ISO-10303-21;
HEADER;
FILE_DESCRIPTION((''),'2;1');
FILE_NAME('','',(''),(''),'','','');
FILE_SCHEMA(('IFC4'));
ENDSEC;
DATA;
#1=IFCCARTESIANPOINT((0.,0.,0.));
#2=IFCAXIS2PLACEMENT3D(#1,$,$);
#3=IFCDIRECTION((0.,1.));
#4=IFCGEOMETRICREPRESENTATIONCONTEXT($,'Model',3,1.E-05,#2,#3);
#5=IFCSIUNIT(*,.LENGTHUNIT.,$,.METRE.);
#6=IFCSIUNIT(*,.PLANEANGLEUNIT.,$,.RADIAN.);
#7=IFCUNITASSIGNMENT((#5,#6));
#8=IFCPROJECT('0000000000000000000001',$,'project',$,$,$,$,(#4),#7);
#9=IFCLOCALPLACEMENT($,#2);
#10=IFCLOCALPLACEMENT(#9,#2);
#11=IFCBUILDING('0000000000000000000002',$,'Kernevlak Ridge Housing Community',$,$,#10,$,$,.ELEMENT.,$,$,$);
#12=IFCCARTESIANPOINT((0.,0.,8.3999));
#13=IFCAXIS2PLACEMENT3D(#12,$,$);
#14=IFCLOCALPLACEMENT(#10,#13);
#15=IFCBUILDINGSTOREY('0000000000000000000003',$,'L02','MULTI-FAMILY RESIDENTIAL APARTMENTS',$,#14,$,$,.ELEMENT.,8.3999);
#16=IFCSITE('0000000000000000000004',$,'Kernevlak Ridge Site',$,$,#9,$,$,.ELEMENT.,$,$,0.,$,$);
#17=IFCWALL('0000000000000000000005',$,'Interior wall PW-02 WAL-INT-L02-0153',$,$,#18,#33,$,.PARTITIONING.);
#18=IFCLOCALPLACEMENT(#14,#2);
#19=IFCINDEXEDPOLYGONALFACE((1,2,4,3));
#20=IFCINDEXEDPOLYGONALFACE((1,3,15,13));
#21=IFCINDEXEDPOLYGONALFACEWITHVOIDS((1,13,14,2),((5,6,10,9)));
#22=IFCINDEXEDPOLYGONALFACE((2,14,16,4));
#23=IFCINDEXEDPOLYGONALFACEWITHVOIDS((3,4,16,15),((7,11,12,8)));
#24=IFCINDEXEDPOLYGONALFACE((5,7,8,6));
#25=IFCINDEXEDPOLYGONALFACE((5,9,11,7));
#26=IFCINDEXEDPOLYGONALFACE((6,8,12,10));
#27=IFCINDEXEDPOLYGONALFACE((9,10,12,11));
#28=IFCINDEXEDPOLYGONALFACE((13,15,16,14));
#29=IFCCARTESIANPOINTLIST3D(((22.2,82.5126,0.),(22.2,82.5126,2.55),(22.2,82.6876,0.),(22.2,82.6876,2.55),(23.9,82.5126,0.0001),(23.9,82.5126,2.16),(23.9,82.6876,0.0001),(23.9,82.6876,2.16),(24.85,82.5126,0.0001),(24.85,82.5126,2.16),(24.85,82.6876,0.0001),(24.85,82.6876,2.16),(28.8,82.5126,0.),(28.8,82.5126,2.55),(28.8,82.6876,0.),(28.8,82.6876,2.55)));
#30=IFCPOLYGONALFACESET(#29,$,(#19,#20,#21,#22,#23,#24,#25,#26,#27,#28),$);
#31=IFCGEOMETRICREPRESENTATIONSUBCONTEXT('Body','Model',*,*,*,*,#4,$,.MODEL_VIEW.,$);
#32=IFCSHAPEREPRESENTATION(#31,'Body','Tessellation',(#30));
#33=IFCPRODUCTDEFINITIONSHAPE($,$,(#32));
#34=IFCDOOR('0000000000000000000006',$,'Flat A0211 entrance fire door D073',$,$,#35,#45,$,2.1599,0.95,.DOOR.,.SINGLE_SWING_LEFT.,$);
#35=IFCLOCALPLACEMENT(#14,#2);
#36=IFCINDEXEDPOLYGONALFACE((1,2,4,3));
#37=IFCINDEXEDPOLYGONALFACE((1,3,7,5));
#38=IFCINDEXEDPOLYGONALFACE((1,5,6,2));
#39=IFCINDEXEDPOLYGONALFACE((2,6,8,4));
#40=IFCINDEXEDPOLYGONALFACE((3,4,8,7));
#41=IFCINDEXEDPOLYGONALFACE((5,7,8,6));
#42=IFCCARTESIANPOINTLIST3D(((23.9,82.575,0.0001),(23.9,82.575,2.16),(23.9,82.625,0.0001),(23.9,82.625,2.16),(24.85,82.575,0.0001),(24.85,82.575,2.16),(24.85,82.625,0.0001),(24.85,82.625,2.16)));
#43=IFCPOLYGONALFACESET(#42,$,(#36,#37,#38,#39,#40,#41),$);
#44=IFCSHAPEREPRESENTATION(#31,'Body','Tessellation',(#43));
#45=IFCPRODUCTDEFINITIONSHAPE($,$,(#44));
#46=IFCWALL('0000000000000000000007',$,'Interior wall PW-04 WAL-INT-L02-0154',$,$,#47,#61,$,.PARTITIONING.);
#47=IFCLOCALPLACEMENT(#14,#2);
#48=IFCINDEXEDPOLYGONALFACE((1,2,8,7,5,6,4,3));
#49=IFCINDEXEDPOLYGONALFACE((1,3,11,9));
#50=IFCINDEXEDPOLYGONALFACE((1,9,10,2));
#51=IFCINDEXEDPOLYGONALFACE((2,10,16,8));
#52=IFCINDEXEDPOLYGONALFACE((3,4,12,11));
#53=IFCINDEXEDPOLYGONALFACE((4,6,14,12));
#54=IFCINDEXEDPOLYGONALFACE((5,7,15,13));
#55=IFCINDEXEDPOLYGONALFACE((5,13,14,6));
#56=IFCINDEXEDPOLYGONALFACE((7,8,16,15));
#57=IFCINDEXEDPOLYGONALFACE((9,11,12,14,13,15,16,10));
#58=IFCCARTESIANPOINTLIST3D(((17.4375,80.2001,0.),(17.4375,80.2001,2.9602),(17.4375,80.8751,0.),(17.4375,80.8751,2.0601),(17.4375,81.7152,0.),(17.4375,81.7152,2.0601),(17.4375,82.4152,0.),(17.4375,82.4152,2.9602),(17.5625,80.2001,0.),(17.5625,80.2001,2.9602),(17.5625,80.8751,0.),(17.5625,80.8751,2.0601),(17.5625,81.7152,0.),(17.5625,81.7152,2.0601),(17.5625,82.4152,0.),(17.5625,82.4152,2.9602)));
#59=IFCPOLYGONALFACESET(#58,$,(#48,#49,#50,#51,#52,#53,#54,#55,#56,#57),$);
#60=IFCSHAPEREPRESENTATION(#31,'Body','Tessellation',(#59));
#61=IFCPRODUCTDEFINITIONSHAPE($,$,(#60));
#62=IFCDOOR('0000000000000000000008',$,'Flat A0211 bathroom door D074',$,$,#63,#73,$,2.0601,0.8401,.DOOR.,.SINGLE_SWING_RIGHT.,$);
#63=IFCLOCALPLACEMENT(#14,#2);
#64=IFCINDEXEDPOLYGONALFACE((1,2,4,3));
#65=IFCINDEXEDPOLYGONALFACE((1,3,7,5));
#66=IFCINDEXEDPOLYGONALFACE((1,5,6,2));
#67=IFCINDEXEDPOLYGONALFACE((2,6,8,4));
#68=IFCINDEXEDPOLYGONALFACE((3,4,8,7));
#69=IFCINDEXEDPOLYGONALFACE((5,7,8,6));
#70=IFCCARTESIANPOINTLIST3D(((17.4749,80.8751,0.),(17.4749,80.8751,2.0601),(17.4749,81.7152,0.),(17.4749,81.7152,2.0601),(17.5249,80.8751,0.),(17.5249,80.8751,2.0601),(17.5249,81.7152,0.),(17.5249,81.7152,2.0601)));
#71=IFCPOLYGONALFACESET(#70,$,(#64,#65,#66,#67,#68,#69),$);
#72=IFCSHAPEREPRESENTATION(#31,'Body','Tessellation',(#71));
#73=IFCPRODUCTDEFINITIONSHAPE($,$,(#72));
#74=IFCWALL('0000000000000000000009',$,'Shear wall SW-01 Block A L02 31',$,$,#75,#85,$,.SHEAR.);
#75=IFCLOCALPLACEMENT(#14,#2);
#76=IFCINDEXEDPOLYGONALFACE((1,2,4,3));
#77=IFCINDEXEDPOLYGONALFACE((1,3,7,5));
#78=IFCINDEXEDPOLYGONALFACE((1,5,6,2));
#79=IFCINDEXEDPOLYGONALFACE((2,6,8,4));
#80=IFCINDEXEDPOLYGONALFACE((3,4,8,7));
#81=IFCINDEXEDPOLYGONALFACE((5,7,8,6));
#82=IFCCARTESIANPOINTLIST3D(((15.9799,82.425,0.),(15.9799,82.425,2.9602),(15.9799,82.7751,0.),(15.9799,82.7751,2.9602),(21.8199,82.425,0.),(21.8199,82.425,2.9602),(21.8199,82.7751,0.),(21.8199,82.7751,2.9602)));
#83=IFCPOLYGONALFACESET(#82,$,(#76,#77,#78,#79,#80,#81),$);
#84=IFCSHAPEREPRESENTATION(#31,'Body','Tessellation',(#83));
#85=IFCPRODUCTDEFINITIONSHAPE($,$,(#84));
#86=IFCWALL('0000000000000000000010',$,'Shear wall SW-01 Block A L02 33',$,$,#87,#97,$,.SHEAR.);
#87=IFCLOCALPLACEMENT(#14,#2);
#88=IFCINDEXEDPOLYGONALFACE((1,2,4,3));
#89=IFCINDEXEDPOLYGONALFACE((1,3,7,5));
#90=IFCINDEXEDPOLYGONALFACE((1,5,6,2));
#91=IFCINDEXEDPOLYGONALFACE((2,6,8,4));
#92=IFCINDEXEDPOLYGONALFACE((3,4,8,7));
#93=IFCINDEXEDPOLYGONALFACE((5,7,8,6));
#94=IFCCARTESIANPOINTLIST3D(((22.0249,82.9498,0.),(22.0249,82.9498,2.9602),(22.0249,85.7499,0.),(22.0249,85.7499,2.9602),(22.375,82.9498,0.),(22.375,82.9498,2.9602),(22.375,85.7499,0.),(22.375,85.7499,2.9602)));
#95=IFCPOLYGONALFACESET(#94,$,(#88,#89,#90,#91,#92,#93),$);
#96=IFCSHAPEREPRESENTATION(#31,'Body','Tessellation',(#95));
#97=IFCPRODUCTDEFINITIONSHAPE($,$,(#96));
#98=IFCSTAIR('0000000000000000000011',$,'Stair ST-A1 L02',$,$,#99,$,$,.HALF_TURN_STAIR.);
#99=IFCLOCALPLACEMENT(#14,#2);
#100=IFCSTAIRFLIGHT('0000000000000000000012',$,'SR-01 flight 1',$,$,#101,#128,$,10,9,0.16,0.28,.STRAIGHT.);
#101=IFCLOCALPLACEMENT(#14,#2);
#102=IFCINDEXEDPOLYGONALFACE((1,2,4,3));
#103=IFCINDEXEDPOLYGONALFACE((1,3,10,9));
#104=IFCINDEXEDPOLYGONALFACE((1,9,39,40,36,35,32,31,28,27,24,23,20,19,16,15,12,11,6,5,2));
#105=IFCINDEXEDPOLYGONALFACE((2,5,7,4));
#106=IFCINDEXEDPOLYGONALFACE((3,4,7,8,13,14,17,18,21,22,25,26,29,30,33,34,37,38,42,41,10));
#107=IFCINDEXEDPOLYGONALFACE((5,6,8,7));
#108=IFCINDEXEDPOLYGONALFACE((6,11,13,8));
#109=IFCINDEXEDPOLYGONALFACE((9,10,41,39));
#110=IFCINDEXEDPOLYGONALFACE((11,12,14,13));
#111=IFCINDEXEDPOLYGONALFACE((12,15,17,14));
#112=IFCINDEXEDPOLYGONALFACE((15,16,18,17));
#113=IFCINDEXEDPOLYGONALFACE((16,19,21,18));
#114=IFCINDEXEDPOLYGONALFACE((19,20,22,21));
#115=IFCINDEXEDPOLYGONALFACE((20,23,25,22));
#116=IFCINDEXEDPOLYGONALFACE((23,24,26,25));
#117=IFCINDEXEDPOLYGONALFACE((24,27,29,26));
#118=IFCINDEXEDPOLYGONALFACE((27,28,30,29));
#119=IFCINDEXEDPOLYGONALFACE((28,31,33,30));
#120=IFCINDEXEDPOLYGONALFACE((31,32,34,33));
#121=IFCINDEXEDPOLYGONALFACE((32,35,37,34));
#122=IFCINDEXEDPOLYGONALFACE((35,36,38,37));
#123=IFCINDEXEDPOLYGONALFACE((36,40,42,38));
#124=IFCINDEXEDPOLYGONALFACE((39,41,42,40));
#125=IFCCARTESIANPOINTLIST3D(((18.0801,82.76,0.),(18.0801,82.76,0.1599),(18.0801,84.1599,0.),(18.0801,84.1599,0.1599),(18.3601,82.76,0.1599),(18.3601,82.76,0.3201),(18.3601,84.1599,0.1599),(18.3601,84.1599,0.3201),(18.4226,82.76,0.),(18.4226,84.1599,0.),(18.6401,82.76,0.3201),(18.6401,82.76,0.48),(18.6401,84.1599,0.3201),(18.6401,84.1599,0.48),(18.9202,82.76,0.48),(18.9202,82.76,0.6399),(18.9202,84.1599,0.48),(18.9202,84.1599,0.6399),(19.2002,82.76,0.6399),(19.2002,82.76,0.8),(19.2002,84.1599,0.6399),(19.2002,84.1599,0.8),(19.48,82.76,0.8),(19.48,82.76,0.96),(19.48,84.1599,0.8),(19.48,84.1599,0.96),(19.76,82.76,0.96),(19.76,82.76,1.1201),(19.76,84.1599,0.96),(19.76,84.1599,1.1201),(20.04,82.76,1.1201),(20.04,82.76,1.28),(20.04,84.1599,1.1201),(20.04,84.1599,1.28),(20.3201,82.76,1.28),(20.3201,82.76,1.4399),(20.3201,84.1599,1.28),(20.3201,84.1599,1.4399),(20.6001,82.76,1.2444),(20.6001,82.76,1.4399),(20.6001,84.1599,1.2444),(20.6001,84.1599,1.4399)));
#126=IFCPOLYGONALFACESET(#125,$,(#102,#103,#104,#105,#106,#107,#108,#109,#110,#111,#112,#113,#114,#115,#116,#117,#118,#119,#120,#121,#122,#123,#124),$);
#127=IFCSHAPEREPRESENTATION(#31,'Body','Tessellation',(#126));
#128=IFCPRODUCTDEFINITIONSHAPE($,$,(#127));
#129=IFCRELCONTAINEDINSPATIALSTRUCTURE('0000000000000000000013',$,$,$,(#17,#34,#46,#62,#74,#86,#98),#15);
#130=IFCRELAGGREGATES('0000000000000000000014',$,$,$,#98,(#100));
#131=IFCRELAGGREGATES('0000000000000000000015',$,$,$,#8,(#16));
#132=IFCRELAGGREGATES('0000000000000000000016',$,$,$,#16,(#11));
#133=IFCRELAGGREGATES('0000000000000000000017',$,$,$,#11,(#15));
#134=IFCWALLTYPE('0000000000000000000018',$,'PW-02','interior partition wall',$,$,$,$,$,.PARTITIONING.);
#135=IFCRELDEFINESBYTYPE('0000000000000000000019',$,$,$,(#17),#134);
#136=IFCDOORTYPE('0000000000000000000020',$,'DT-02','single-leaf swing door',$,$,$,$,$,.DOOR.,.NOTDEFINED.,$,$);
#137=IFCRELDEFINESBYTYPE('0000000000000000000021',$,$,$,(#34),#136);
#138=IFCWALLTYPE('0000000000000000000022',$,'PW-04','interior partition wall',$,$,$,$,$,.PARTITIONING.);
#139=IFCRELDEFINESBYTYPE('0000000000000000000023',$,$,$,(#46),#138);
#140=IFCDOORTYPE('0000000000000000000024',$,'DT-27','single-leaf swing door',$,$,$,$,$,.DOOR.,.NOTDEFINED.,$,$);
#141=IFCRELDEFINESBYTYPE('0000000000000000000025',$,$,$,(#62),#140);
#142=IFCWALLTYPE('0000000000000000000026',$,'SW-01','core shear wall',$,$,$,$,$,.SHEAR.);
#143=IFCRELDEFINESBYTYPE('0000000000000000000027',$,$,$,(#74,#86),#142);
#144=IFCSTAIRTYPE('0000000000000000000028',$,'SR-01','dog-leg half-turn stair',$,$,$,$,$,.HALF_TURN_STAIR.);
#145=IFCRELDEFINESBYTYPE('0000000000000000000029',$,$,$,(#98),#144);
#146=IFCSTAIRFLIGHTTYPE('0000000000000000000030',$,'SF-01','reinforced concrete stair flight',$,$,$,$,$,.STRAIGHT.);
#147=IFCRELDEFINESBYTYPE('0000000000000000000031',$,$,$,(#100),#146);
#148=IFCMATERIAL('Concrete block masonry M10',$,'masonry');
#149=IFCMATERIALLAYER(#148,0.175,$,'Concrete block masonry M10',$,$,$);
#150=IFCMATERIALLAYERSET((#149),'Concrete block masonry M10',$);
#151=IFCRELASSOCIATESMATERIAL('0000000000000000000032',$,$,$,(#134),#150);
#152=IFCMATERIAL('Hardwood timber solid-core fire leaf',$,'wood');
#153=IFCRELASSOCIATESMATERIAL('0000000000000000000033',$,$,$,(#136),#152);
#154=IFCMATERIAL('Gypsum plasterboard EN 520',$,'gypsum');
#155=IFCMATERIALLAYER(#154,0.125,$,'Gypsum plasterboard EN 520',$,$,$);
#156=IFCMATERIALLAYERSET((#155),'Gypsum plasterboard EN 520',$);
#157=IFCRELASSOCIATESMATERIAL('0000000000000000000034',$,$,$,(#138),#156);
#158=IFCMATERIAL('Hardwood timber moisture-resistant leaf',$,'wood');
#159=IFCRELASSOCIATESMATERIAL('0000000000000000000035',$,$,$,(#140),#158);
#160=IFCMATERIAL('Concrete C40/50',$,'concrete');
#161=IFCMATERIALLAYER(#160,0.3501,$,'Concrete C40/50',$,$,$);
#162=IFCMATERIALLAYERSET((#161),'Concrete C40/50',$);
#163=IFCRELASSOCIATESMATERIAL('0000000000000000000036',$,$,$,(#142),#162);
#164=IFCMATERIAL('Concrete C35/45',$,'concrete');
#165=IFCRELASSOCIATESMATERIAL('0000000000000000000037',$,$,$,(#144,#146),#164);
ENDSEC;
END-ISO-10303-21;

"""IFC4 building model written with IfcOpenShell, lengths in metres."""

from ifc_helpers import new_model, si_unit, direction, frame, frame_2d, origin, place, context, subcontext, project, spatial, polyline, rectangle, outline, extrude, material, layer, layer_set, type_object, element, fill, aggregate, save


model = new_model("IFC4")

# Units and contexts
model_context = context("Model", 3, precision=1e-05, world=origin(), true_north=direction((0.0, 1.0)))
body_context = subcontext(model_context, "Body", "Model", "MODEL_VIEW")
ifc_project = project(units=[si_unit("LENGTHUNIT", "METRE"), si_unit("PLANEANGLEUNIT", "RADIAN")], contexts=[model_context])

# Site, building, storey
site_placement = place(None, origin())
site = spatial("IfcSite", under=ifc_project, at=site_placement, Name="Kernevlak Ridge Site", CompositionType="ELEMENT", RefElevation=0.0)
building_placement = place(site_placement, origin())
building = spatial("IfcBuilding", under=site, at=building_placement, Name="Kernevlak Ridge Housing Community", CompositionType="ELEMENT")
storey_placement = place(building_placement, frame((0.0, 0.0, 8.3999)))
storey = spatial("IfcBuildingStorey", under=building, at=storey_placement, Name="L02", Description="MULTI-FAMILY RESIDENTIAL APARTMENTS", CompositionType="ELEMENT", Elevation=8.3999)

# Shared definitions
ifc_material_1 = material(Name="Concrete C40/50", Category="concrete")

# Shared definitions
ifc_material_2 = material(Name="Concrete C35/45", Category="concrete")

# Walls, openings, doors
ifc_material_3 = material(Name="Concrete block masonry M10", Category="masonry")
ifc_layer_1 = layer(ifc_material_3, 0.175, Name="Concrete block masonry M10")
ifc_layer_set_1 = layer_set([ifc_layer_1], Name="Concrete block masonry M10")
wall_type_1 = type_object("IfcWallType", Name="PW-02", Description="interior partition wall", PredefinedType="PARTITIONING", material=ifc_layer_set_1)
wall_1_placement = place(storey_placement, frame((22.2, 82.6001, 0.0), z_axis=(0.0, 0.0, 1.0), x_axis=(1.0, 0.0, 0.0)))
wall_1 = element("IfcWall", 1, at=wall_1_placement, inside=storey, type_object=wall_type_1, Name="Interior wall PW-02 WAL-INT-L02-0153", PredefinedType="PARTITIONING", context=body_context, shape_type="SweptSolid", body=[
    extrude(rectangle(XDim=6.6001, YDim=0.175, at=frame_2d((3.3, 0.0))), origin(), (0.0, 0.0, 1.0), 2.55),
])
opening_1_placement = place(wall_1_placement, frame((1.7, 0.0, 0.0)))
opening_1 = element("IfcOpeningElement", 2, at=opening_1_placement, cuts=wall_1, PredefinedType="OPENING", context=body_context, shape_type="SweptSolid", body=[
    extrude(rectangle(XDim=0.95, YDim=2.1599, at=frame_2d((0.4751, 1.0801))), frame((0.0, 0.0974, 0.0), z_axis=(0.0, -1.0, 0.0), x_axis=(1.0, 0.0, 0.0)), (0.0, 0.0, 1.0), 0.1951),
])
ifc_material_4 = material(Name="Hardwood timber solid-core fire leaf", Category="wood")
door_type_1 = type_object("IfcDoorType", Name="DT-02", Description="single-leaf swing door", OperationType="NOTDEFINED", PredefinedType="DOOR", material=ifc_material_4)
door_1_placement = place(opening_1_placement, origin())
door_1 = element("IfcDoor", 3, at=door_1_placement, inside=storey, type_object=door_type_1, Name="Flat A0211 entrance fire door D073", OperationType="SINGLE_SWING_LEFT", OverallHeight=2.1599, OverallWidth=0.95, PredefinedType="DOOR", context=body_context, shape_type="SweptSolid", body=[
    extrude(rectangle(XDim=0.95, YDim=2.1599, at=frame_2d((0.4751, 1.0801))), frame((0.0, 0.0249, 0.0), z_axis=(0.0, -1.0, 0.0), x_axis=(1.0, 0.0, 0.0)), (0.0, 0.0, 1.0), 0.05),
])
fill(opening_1, door_1)
ifc_material_5 = material(Name="Gypsum plasterboard EN 520", Category="gypsum")
ifc_layer_2 = layer(ifc_material_5, 0.125, Name="Gypsum plasterboard EN 520")
ifc_layer_set_2 = layer_set([ifc_layer_2], Name="Gypsum plasterboard EN 520")
wall_type_2 = type_object("IfcWallType", Name="PW-04", Description="interior partition wall", PredefinedType="PARTITIONING", material=ifc_layer_set_2)
wall_2_placement = place(storey_placement, frame((17.5, 82.415, 0.0), z_axis=(0.0, 0.0, 1.0), x_axis=(0.0, -1.0, 0.0)))
wall_2 = element("IfcWall", 4, at=wall_2_placement, inside=storey, type_object=wall_type_2, Name="Interior wall PW-04 WAL-INT-L02-0154", PredefinedType="PARTITIONING", context=body_context, shape_type="SweptSolid", body=[
    extrude(rectangle(XDim=2.2151, YDim=0.125, at=frame_2d((1.1074, 0.0))), origin(), (0.0, 0.0, 1.0), 2.9602),
])
opening_2_placement = place(wall_2_placement, frame((0.7, 0.0, 0.0)))
opening_2 = element("IfcOpeningElement", 5, at=opening_2_placement, cuts=wall_2, PredefinedType="OPENING", context=body_context, shape_type="SweptSolid", body=[
    extrude(rectangle(XDim=0.8401, YDim=2.0601, at=frame_2d((0.4199, 1.03))), frame((0.0, 0.0725, 0.0), z_axis=(0.0, -1.0, 0.0), x_axis=(1.0, 0.0, 0.0)), (0.0, 0.0, 1.0), 0.145),
])
ifc_material_6 = material(Name="Hardwood timber moisture-resistant leaf", Category="wood")
door_type_2 = type_object("IfcDoorType", Name="DT-27", Description="single-leaf swing door", OperationType="NOTDEFINED", PredefinedType="DOOR", material=ifc_material_6)
door_2_placement = place(opening_2_placement, origin())
door_2 = element("IfcDoor", 6, at=door_2_placement, inside=storey, type_object=door_type_2, Name="Flat A0211 bathroom door D074", OperationType="SINGLE_SWING_RIGHT", OverallHeight=2.0601, OverallWidth=0.8401, PredefinedType="DOOR", context=body_context, shape_type="SweptSolid", body=[
    extrude(rectangle(XDim=0.8401, YDim=2.0601, at=frame_2d((0.4199, 1.03))), frame((0.0, 0.0249, 0.0), z_axis=(0.0, -1.0, 0.0), x_axis=(1.0, 0.0, 0.0)), (0.0, 0.0, 1.0), 0.05),
])
fill(opening_2, door_2)

# Walls
ifc_layer_3 = layer(ifc_material_1, 0.3501, Name="Concrete C40/50")
ifc_layer_set_3 = layer_set([ifc_layer_3], Name="Concrete C40/50")
wall_type_3 = type_object("IfcWallType", Name="SW-01", Description="core shear wall", PredefinedType="SHEAR", material=ifc_layer_set_3)
wall_3_placement = place(storey_placement, frame((15.98, 82.6001, 0.0), z_axis=(0.0, 0.0, 1.0), x_axis=(1.0, 0.0, 0.0)))
element("IfcWall", 7, at=wall_3_placement, inside=storey, type_object=wall_type_3, Name="Shear wall SW-01 Block A L02 31", PredefinedType="SHEAR", context=body_context, shape_type="SweptSolid", body=[
    extrude(rectangle(XDim=5.8401, YDim=0.3501, at=frame_2d((2.9199, 0.0))), origin(), (0.0, 0.0, 1.0), 2.9602),
])
wall_4_placement = place(storey_placement, frame((22.2, 82.95, 0.0), z_axis=(0.0, 0.0, 1.0), x_axis=(0.0, 1.0, 0.0)))
element("IfcWall", 8, at=wall_4_placement, inside=storey, type_object=wall_type_3, Name="Shear wall SW-01 Block A L02 33", PredefinedType="SHEAR", context=body_context, shape_type="SweptSolid", body=[
    extrude(rectangle(XDim=2.8, YDim=0.3501, at=frame_2d((1.3999, 0.0))), origin(), (0.0, 0.0, 1.0), 2.9602),
])

# Stair, stair flight
stair_type = type_object("IfcStairType", Name="SR-01", Description="dog-leg half-turn stair", PredefinedType="HALF_TURN_STAIR", material=ifc_material_2)
stair_placement = place(storey_placement, origin())
stair = element("IfcStair", 9, at=stair_placement, inside=storey, type_object=stair_type, Name="Stair ST-A1 L02", PredefinedType="HALF_TURN_STAIR")
stair_flight_type = type_object("IfcStairFlightType", Name="SF-01", Description="reinforced concrete stair flight", PredefinedType="STRAIGHT", material=ifc_material_2)
stair_flight_placement = place(storey_placement, frame((18.0801, 83.46, 0.0), z_axis=(0.0, 0.0, 1.0), x_axis=(1.0, 0.0, 0.0)))
stair_flight = element("IfcStairFlight", 10, at=stair_flight_placement, type_object=stair_flight_type, Name="SR-01 flight 1", NumberOfRisers=10, NumberOfTreads=9, PredefinedType="STRAIGHT", RiserHeight=0.16, TreadLength=0.28, context=body_context, shape_type="SweptSolid", body=[
    extrude(outline(polyline([(0.0, 0.0), (0.0, 0.1599), (0.28, 0.1599), (0.28, 0.3201), (0.5601, 0.3201), (0.5601, 0.48), (0.8401, 0.48), (0.8401, 0.6399), (1.1201, 0.6399), (1.1201, 0.8), (1.3999, 0.8), (1.3999, 0.96), (1.6799, 0.96), (1.6799, 1.1201), (1.96, 1.1201), (1.96, 1.28), (2.24, 1.28), (2.24, 1.4399), (2.52, 1.4399), (2.52, 1.6001), (2.52, 1.2444), (0.3425, 0.0), (0.0, 0.0)])), frame((0.0, 0.7, 0.0), z_axis=(0.0, -1.0, 0.0), x_axis=(1.0, 0.0, 0.0)), (0.0, 0.0, 1.0), 1.3999),
])
aggregate(stair, [stair_flight])

save(model, "model.ifc")
